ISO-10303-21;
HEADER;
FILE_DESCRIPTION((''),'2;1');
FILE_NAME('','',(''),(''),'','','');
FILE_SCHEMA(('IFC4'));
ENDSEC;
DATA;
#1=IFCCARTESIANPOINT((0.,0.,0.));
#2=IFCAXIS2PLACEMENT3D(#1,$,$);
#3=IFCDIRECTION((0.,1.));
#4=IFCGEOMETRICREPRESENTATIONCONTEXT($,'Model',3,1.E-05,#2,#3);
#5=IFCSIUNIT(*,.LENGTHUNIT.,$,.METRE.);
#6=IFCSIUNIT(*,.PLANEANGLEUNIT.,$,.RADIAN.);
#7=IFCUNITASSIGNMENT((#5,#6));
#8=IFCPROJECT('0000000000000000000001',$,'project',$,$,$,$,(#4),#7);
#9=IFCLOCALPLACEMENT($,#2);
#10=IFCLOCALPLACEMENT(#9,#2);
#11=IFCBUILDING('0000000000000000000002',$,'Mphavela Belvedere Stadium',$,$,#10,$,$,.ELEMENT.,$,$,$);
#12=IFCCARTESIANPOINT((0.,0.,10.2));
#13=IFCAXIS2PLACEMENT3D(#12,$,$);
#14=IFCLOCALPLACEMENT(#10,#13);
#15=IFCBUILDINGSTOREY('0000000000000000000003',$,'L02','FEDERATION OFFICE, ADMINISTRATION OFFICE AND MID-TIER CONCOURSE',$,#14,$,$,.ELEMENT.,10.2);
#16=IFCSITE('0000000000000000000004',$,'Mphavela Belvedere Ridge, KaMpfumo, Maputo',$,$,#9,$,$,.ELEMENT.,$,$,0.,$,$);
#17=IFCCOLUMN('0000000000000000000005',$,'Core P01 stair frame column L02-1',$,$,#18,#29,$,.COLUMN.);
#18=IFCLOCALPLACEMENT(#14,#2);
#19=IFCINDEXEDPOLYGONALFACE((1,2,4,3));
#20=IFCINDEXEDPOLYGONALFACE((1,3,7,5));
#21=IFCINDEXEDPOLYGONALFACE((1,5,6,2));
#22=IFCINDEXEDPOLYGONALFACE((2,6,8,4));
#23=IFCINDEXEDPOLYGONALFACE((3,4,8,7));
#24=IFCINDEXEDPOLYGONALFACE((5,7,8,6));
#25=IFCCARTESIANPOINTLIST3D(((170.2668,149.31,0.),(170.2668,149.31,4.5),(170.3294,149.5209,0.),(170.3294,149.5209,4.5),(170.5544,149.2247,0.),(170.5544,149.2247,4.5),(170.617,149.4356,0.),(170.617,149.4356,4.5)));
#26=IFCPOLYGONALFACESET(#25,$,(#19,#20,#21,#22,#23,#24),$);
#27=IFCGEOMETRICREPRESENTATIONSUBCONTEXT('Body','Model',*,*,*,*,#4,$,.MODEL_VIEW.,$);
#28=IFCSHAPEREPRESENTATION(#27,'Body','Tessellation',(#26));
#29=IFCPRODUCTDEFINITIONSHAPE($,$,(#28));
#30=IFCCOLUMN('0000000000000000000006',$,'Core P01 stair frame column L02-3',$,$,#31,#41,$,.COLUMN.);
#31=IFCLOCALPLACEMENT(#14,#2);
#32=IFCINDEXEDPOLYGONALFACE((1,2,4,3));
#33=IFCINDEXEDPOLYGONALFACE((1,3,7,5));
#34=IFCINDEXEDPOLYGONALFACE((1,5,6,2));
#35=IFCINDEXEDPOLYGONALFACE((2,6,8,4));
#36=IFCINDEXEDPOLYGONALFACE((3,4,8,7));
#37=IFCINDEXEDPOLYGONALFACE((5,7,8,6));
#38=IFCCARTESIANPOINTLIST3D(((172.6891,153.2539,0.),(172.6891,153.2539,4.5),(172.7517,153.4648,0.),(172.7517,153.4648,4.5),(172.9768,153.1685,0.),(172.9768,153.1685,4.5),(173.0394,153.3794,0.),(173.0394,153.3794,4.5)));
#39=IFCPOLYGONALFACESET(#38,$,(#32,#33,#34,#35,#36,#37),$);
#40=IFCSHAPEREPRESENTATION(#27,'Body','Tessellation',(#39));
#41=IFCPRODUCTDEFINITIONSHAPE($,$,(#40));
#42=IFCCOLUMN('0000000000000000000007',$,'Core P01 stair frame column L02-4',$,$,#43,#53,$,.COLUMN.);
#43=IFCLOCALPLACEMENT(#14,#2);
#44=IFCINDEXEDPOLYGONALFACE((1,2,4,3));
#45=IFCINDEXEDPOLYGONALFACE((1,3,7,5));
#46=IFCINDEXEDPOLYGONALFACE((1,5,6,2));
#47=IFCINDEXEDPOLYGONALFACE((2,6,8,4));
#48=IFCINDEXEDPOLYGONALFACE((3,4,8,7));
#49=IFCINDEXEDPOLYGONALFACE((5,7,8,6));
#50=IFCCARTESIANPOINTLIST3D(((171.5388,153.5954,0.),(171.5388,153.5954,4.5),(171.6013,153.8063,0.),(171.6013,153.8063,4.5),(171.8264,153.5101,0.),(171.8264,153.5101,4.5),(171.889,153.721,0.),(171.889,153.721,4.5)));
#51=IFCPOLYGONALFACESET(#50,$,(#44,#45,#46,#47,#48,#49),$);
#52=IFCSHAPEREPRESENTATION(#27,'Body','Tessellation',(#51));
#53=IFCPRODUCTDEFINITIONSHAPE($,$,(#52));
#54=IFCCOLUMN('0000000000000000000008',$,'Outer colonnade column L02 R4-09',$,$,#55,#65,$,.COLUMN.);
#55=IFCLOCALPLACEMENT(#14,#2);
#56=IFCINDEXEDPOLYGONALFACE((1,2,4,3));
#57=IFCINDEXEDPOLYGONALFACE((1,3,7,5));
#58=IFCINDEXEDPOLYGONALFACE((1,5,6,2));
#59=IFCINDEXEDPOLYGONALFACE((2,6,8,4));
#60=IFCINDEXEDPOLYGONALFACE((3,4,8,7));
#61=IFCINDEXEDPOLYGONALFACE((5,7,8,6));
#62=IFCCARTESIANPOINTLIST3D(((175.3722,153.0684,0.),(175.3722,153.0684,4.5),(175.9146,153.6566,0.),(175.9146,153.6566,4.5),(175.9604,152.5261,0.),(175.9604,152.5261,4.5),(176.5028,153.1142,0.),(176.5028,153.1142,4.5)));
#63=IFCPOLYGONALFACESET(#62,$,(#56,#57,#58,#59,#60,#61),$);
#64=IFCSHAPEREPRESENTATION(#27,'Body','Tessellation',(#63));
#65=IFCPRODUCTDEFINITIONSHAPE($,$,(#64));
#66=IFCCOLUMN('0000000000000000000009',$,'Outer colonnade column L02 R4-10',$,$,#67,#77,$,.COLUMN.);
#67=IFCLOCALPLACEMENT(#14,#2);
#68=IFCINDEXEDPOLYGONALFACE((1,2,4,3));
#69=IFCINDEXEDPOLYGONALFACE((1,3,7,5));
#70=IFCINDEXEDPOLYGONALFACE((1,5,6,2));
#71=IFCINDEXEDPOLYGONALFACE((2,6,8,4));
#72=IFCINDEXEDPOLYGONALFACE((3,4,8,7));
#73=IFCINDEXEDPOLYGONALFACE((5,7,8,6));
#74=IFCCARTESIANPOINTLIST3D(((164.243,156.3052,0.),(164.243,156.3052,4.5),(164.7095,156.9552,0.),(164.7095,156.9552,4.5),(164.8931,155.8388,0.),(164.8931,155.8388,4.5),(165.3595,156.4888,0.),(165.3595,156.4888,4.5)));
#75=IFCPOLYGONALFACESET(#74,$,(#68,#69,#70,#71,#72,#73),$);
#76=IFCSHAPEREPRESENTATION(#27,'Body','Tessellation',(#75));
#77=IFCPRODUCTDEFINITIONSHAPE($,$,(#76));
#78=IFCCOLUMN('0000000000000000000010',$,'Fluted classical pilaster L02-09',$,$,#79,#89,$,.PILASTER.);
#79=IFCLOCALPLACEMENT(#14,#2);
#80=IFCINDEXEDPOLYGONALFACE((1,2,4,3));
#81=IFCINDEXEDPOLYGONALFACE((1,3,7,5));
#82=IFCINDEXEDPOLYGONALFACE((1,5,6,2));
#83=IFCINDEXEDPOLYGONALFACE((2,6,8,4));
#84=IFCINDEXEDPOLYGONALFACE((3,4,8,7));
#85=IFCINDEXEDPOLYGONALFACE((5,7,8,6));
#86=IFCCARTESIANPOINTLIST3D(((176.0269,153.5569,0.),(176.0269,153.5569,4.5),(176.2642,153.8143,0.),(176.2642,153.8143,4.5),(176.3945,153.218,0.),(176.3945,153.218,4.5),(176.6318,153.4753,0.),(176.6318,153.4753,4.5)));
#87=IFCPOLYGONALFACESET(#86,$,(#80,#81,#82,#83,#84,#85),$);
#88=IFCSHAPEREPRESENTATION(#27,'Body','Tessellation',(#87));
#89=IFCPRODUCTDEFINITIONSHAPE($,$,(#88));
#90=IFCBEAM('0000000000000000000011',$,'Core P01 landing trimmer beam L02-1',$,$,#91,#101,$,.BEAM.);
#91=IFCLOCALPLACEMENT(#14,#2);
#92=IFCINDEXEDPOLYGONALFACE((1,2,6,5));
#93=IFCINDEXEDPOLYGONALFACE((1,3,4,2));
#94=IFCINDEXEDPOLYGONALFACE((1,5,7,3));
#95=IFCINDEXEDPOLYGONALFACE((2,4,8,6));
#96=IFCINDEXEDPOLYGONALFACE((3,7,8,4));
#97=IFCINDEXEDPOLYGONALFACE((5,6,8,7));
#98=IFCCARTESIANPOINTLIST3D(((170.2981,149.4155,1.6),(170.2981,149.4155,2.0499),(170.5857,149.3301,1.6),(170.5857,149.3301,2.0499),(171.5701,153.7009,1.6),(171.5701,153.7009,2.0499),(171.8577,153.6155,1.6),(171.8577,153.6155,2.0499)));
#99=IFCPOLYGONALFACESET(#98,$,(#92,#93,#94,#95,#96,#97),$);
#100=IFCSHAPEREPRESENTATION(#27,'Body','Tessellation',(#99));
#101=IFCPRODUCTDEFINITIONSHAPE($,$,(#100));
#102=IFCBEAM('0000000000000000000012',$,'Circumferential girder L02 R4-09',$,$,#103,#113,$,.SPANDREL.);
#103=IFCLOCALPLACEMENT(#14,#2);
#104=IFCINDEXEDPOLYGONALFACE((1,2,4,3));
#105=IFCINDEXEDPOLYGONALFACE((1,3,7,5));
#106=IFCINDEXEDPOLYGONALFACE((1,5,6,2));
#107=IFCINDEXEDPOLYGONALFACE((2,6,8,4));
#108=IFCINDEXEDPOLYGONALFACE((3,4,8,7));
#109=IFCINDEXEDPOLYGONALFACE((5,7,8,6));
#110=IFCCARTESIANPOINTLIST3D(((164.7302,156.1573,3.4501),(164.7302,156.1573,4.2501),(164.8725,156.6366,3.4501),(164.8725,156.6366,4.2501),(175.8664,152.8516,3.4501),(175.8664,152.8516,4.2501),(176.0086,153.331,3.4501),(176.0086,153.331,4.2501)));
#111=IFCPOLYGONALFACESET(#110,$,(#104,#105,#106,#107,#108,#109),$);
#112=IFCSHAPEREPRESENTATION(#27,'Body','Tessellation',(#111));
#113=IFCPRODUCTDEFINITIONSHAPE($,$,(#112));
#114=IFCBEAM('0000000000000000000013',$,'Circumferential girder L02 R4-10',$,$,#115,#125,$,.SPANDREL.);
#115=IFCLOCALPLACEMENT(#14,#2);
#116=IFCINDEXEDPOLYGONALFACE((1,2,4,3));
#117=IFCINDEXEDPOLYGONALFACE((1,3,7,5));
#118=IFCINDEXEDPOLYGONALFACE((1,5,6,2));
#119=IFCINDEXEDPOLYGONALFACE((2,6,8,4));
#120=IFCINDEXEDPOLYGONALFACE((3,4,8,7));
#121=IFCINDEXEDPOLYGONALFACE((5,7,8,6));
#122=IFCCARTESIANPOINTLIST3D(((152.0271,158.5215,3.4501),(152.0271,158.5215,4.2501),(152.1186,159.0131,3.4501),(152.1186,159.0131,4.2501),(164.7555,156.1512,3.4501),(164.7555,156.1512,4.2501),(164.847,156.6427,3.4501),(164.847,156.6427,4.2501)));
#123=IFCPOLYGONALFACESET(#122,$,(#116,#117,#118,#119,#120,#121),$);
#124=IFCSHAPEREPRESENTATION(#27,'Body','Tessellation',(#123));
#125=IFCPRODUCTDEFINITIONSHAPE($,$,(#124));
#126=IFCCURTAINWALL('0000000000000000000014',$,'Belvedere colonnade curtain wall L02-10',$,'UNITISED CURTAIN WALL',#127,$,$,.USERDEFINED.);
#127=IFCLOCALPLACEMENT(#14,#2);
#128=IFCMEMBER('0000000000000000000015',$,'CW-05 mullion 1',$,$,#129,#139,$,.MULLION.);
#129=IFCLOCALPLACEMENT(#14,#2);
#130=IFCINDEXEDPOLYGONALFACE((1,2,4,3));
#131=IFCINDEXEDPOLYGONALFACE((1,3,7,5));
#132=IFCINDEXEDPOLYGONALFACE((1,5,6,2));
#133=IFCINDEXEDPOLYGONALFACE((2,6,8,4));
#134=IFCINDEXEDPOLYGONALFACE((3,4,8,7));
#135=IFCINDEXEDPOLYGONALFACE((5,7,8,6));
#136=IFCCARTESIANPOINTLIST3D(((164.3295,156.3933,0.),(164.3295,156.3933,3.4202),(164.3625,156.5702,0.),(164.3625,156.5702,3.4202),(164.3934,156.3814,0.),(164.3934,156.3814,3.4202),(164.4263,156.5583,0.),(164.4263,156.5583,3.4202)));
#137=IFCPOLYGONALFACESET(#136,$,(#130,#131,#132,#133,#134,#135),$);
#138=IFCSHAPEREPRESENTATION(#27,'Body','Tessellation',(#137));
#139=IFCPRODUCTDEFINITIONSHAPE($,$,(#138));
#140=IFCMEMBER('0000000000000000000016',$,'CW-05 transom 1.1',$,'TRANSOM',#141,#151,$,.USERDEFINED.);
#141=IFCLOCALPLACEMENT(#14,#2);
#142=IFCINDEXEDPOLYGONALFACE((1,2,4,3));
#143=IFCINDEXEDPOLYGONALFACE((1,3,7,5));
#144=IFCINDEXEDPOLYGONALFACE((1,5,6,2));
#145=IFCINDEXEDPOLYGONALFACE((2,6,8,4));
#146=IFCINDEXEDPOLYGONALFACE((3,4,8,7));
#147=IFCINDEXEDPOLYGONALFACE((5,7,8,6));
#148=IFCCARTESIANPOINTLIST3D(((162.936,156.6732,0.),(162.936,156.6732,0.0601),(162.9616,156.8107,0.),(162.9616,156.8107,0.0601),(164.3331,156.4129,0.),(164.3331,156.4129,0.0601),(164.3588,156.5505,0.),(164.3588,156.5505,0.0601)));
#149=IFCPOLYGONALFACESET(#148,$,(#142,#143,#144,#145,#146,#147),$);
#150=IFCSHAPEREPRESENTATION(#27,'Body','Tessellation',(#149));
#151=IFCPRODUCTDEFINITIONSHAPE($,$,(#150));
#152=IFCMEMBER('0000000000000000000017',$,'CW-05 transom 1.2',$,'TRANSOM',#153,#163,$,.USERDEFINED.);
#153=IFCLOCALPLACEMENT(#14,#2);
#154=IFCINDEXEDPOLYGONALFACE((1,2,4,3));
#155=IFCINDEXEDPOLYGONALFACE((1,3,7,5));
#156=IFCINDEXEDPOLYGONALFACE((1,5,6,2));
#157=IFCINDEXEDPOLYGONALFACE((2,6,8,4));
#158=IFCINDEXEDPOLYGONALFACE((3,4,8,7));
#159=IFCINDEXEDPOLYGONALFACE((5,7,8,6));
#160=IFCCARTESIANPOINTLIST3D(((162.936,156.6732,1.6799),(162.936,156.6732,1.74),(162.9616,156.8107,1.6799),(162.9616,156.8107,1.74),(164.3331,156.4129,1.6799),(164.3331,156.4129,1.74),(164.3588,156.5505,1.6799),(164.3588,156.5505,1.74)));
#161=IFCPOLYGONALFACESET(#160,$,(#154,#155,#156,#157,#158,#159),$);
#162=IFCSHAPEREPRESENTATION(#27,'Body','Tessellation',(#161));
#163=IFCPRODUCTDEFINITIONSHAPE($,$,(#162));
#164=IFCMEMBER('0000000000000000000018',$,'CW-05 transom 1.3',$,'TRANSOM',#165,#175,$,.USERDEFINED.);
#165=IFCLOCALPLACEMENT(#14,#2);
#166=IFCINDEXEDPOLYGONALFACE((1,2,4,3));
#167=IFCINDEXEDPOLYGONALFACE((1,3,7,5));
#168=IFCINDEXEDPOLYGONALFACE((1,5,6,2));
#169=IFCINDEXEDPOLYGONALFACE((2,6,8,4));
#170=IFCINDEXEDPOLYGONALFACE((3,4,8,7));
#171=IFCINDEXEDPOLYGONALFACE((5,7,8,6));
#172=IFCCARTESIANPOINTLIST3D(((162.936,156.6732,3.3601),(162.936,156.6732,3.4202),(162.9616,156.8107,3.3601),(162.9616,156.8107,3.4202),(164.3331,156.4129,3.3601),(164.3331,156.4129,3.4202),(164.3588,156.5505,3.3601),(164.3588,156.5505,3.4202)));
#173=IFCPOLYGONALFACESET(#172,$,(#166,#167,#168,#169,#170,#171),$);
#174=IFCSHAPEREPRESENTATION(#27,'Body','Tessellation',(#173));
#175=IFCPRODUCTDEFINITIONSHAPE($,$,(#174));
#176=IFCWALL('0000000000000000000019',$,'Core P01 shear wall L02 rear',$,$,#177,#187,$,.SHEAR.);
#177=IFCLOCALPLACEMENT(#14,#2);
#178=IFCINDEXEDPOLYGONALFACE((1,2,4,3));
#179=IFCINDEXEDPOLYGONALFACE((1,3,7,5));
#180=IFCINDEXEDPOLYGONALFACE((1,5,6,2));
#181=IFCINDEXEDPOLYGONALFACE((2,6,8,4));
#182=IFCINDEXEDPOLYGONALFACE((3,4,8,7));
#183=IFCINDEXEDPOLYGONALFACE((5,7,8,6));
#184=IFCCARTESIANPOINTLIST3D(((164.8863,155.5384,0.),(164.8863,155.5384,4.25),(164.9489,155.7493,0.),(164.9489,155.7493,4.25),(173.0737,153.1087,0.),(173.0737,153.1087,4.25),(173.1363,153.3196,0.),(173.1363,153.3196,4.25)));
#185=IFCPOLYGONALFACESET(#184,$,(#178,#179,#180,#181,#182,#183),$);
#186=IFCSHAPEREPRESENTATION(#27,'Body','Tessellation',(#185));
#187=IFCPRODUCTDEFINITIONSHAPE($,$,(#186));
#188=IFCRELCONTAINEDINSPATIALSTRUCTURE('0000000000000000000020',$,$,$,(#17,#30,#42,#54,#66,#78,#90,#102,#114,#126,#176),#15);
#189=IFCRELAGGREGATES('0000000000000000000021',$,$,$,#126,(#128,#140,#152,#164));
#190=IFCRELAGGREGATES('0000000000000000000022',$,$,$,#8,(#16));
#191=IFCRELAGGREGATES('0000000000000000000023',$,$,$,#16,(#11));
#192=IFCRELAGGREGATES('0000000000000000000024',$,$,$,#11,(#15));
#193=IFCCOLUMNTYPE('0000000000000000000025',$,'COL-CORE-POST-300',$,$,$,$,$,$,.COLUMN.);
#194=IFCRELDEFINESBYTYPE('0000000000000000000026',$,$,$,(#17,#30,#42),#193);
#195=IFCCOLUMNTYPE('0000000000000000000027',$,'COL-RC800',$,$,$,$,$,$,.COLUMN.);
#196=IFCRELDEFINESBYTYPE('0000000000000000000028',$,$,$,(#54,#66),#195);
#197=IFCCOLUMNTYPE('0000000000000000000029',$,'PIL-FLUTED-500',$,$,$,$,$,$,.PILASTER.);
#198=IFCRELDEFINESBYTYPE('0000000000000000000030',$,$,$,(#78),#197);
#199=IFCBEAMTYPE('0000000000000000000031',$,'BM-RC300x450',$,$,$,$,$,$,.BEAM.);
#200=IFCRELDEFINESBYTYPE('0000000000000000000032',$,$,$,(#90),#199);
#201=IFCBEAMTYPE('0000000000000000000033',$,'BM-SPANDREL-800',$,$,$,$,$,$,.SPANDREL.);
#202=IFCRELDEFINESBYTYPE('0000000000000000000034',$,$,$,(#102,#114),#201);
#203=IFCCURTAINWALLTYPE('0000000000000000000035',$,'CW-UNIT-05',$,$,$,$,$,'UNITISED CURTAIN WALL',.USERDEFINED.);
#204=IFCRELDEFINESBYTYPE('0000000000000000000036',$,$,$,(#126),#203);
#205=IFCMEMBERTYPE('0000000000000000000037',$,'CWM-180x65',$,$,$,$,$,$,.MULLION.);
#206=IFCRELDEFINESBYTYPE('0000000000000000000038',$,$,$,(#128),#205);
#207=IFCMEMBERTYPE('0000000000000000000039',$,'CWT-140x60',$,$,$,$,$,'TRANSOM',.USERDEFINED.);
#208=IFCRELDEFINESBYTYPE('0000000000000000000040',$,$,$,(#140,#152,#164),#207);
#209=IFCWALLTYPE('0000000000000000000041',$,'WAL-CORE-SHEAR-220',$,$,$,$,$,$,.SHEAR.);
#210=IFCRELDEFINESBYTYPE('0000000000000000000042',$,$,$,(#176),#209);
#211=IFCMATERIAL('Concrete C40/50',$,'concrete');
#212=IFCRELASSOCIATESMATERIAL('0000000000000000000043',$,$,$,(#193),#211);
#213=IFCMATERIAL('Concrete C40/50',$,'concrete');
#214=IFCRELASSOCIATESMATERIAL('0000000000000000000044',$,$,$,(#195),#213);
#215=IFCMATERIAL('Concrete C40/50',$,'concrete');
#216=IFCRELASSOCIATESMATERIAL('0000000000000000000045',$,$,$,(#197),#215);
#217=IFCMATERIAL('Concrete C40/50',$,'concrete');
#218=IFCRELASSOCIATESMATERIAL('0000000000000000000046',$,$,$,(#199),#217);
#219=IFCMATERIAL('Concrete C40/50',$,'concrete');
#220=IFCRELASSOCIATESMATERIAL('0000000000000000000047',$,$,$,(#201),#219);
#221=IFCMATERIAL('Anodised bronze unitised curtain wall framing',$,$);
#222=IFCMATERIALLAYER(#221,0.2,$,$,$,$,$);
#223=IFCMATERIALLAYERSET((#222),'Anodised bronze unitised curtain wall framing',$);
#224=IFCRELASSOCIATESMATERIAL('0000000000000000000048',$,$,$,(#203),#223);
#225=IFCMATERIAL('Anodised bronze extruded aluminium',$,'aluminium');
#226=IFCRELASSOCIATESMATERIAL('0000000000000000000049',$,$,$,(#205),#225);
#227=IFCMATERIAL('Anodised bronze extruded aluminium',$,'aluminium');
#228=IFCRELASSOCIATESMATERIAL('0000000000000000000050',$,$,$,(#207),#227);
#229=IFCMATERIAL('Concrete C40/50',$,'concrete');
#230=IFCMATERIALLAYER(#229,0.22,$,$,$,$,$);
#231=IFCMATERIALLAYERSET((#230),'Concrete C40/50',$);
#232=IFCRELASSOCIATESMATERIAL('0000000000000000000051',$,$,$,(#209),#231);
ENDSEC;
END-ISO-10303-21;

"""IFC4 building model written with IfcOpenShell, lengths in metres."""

from ifc_helpers import new_model, si_unit, direction, frame, frame_2d, origin, origin_2d, place, context, subcontext, project, spatial, rectangle, extrude, material, layer, layer_set, material_profile, profile_set, type_object, element, aggregate, save


model = new_model("IFC4")

# Units and contexts
model_context = context("Model", 3, precision=1e-05, world=origin(), true_north=direction((0.0, 1.0)))
body_context = subcontext(model_context, "Body", "Model", "MODEL_VIEW")
ifc_project = project(units=[si_unit("LENGTHUNIT", "METRE"), si_unit("PLANEANGLEUNIT", "RADIAN")], contexts=[model_context])

# Site, building, storey
site_placement = place(None, origin())
site = spatial("IfcSite", under=ifc_project, at=site_placement, Name="Mphavela Belvedere Ridge, KaMpfumo, Maputo", CompositionType="ELEMENT", RefElevation=0.0)
building_placement = place(site_placement, origin())
building = spatial("IfcBuilding", under=site, at=building_placement, Name="Mphavela Belvedere Stadium", CompositionType="ELEMENT")
storey_placement = place(building_placement, frame((0.0, 0.0, 10.2)))
storey = spatial("IfcBuildingStorey", under=building, at=storey_placement, Name="L02", Description="FEDERATION OFFICE, ADMINISTRATION OFFICE AND MID-TIER CONCOURSE", CompositionType="ELEMENT", Elevation=10.2)

# Columns
ifc_material_1 = material(Name="Concrete C40/50", Category="concrete")
ifc_material_profile_1 = material_profile(ifc_material_1, rectangle(XDim=0.3, YDim=0.22, at=origin_2d()), Name="RC 300x220")
ifc_profile_set_1 = profile_set([ifc_material_profile_1], Name="Concrete C40/50")
column_type_1 = type_object("IfcColumnType", Name="COL-CORE-POST-300", PredefinedType="COLUMN", material=ifc_profile_set_1)
for number, where, z_axis, x_axis, name in (
    (1, (170.4419, 149.3728, 0.0), (0.0, 0.0, 1.0), (0.958671, -0.284517, 0.0), "Core P01 stair frame column L02-1"),
    (2, (172.8643, 153.3167, 0.0), (0.0, 0.0, 1.0), (0.958671, -0.284517, 0.0), "Core P01 stair frame column L02-3"),
    (3, (171.7139, 153.6582, 0.0), (0.0, 0.0, 1.0), (0.958671, -0.284517, 0.0), "Core P01 stair frame column L02-4"),
):
    element("IfcColumn", number, at=place(storey_placement, frame(where, z_axis=z_axis, x_axis=x_axis)), inside=storey, type_object=column_type_1, Name=name, PredefinedType="COLUMN", context=body_context, shape_type="SweptSolid", body=[
        extrude(rectangle(XDim=0.3, YDim=0.22, at=origin_2d()), origin(), (0.0, 0.0, 1.0), 4.5),
    ])
ifc_material_2 = material(Name="Concrete C40/50", Category="concrete")
ifc_material_profile_2 = material_profile(ifc_material_2, rectangle(XDim=0.8, YDim=0.8, at=origin_2d()), Name="RC 800x800")
ifc_profile_set_2 = profile_set([ifc_material_profile_2], Name="Concrete C40/50")
column_type_2 = type_object("IfcColumnType", Name="COL-RC800", PredefinedType="COLUMN", material=ifc_profile_set_2)
for number, where, z_axis, x_axis, name in (
    (4, (175.9375, 153.0913, 0.0), (0.0, 0.0, 1.0), (0.677903, 0.735151, 0.0), "Outer colonnade column L02 R4-09"),
    (5, (164.8013, 156.397, 0.0), (0.0, 0.0, 1.0), (0.582974, 0.812491, 0.0), "Outer colonnade column L02 R4-10"),
):
    element("IfcColumn", number, at=place(storey_placement, frame(where, z_axis=z_axis, x_axis=x_axis)), inside=storey, type_object=column_type_2, Name=name, PredefinedType="COLUMN", context=body_context, shape_type="SweptSolid", body=[
        extrude(rectangle(XDim=0.8, YDim=0.8, at=origin_2d()), origin(), (0.0, 0.0, 1.0), 4.5),
    ])
ifc_material_3 = material(Name="Concrete C40/50", Category="concrete")
ifc_material_profile_3 = material_profile(ifc_material_3, rectangle(XDim=0.5, YDim=0.3501, at=origin_2d()), Name="PIL 500x350")
ifc_profile_set_3 = profile_set([ifc_material_profile_3], Name="Concrete C40/50")
column_type_3 = type_object("IfcColumnType", Name="PIL-FLUTED-500", PredefinedType="PILASTER", material=ifc_profile_set_3)
column_placement = place(storey_placement, frame((176.3293, 153.5161, 0.0), z_axis=(0.0, 0.0, 1.0), x_axis=(-0.735151, 0.677903, 0.0)))
element("IfcColumn", 6, at=column_placement, inside=storey, type_object=column_type_3, Name="Fluted classical pilaster L02-09", PredefinedType="PILASTER", context=body_context, shape_type="SweptSolid", body=[
    extrude(rectangle(XDim=0.5, YDim=0.3501, at=origin_2d()), origin(), (0.0, 0.0, 1.0), 4.5),
])

# Beams
ifc_material_4 = material(Name="Concrete C40/50", Category="concrete")
ifc_material_profile_4 = material_profile(ifc_material_4, rectangle(XDim=0.3, YDim=0.45, at=origin_2d()), Name="RC 300x450")
ifc_profile_set_4 = profile_set([ifc_material_profile_4], Name="Concrete C40/50")
beam_type_1 = type_object("IfcBeamType", Name="BM-RC300x450", PredefinedType="BEAM", material=ifc_profile_set_4)
beam_1_placement = place(storey_placement, frame((170.4419, 149.3728, 1.825), z_axis=(0.284546, 0.958662, 0.0), x_axis=(-0.958662, 0.284546, 0.0)))
element("IfcBeam", 7, at=beam_1_placement, inside=storey, type_object=beam_type_1, Name="Core P01 landing trimmer beam L02-1", PredefinedType="BEAM", context=body_context, shape_type="SweptSolid", body=[
    extrude(rectangle(XDim=0.3, YDim=0.45, at=origin_2d()), origin(), (0.0, 0.0, 1.0), 4.4702),
])
ifc_material_5 = material(Name="Concrete C40/50", Category="concrete")
ifc_material_profile_5 = material_profile(ifc_material_5, rectangle(XDim=0.5, YDim=0.8, at=origin_2d()), Name="RC 500x800")
ifc_profile_set_5 = profile_set([ifc_material_profile_5], Name="Concrete C40/50")
beam_type_2 = type_object("IfcBeamType", Name="BM-SPANDREL-800", PredefinedType="SPANDREL", material=ifc_profile_set_5)
beam_2_placement = place(storey_placement, frame((175.9375, 153.0913, 3.8501), z_axis=(-0.958656, 0.284566, 0.0), x_axis=(-0.284566, -0.958656, 0.0)))
element("IfcBeam", 8, at=beam_2_placement, inside=storey, type_object=beam_type_2, Name="Circumferential girder L02 R4-09", PredefinedType="SPANDREL", context=body_context, shape_type="SweptSolid", body=[
    extrude(rectangle(XDim=0.5, YDim=0.8, at=origin_2d()), origin(), (0.0, 0.0, 1.0), 11.6165),
])
beam_3_placement = place(storey_placement, frame((164.8013, 156.397, 3.8501), z_axis=(-0.983099, 0.183077, 0.0), x_axis=(-0.183077, -0.983099, 0.0)))
element("IfcBeam", 9, at=beam_3_placement, inside=storey, type_object=beam_type_2, Name="Circumferential girder L02 R4-10", PredefinedType="SPANDREL", context=body_context, shape_type="SweptSolid", body=[
    extrude(rectangle(XDim=0.5, YDim=0.8, at=origin_2d()), origin(), (0.0, 0.0, 1.0), 12.9473),
])

# Curtain wall, members
ifc_material_6 = material(Name="Anodised bronze unitised curtain wall framing")
ifc_layer_1 = layer(ifc_material_6, 0.2)
ifc_layer_set_1 = layer_set([ifc_layer_1], Name="Anodised bronze unitised curtain wall framing")
curtain_wall_type = type_object("IfcCurtainWallType", Name="CW-UNIT-05", ElementType="UNITISED CURTAIN WALL", PredefinedType="USERDEFINED", material=ifc_layer_set_1)
curtain_wall_placement = place(storey_placement, origin())
curtain_wall = element("IfcCurtainWall", 10, at=curtain_wall_placement, inside=storey, type_object=curtain_wall_type, Name="Belvedere colonnade curtain wall L02-10", ObjectType="UNITISED CURTAIN WALL", PredefinedType="USERDEFINED")
ifc_material_7 = material(Name="Anodised bronze extruded aluminium", Category="aluminium")
ifc_material_profile_6 = material_profile(ifc_material_7, rectangle(XDim=0.1799, YDim=0.0649, at=origin_2d()), Name="CW-MUL 180x65")
ifc_profile_set_6 = profile_set([ifc_material_profile_6], Name="Anodised bronze extruded aluminium")
member_type_1 = type_object("IfcMemberType", Name="CWM-180x65", PredefinedType="MULLION", material=ifc_profile_set_6)
member_1_placement = place(storey_placement, frame((164.3779, 156.4758, 0.0), z_axis=(0.0, 0.0, 1.0), x_axis=(-0.183085, -0.983097, 0.0)))
member_1 = element("IfcMember", 11, at=member_1_placement, type_object=member_type_1, Name="CW-05 mullion 1", PredefinedType="MULLION", context=body_context, shape_type="SweptSolid", body=[
    extrude(rectangle(XDim=0.1799, YDim=0.0649, at=origin_2d()), origin(), (0.0, 0.0, 1.0), 3.4202),
])
ifc_material_8 = material(Name="Anodised bronze extruded aluminium", Category="aluminium")
ifc_material_profile_7 = material_profile(ifc_material_8, rectangle(XDim=0.1399, YDim=0.0601, at=origin_2d()), Name="CW-TRN 140x60")
ifc_profile_set_7 = profile_set([ifc_material_profile_7], Name="Anodised bronze extruded aluminium")
member_type_2 = type_object("IfcMemberType", Name="CWT-140x60", ElementType="TRANSOM", PredefinedType="USERDEFINED", material=ifc_profile_set_7)
member_2_placement = place(storey_placement, frame((164.3459, 156.4817, 0.03), z_axis=(-0.983091, 0.183116, 0.0), x_axis=(-0.183116, -0.983091, 0.0)))
member_2 = element("IfcMember", 12, at=member_2_placement, type_object=member_type_2, Name="CW-05 transom 1.1", ObjectType="TRANSOM", PredefinedType="USERDEFINED", context=body_context, shape_type="SweptSolid", body=[
    extrude(rectangle(XDim=0.1399, YDim=0.0601, at=origin_2d()), origin(), (0.0, 0.0, 1.0), 1.4211),
])
member_3_placement = place(storey_placement, frame((164.3459, 156.4817, 1.71), z_axis=(-0.983091, 0.183116, 0.0), x_axis=(-0.183116, -0.983091, 0.0)))
member_3 = element("IfcMember", 13, at=member_3_placement, type_object=member_type_2, Name="CW-05 transom 1.2", ObjectType="TRANSOM", PredefinedType="USERDEFINED", context=body_context, shape_type="SweptSolid", body=[
    extrude(rectangle(XDim=0.1399, YDim=0.0601, at=origin_2d()), origin(), (0.0, 0.0, 1.0), 1.4211),
])
member_4_placement = place(storey_placement, frame((164.3459, 156.4817, 3.3901), z_axis=(-0.983091, 0.183116, 0.0), x_axis=(-0.183116, -0.983091, 0.0)))
member_4 = element("IfcMember", 14, at=member_4_placement, type_object=member_type_2, Name="CW-05 transom 1.3", ObjectType="TRANSOM", PredefinedType="USERDEFINED", context=body_context, shape_type="SweptSolid", body=[
    extrude(rectangle(XDim=0.1399, YDim=0.0601, at=origin_2d()), origin(), (0.0, 0.0, 1.0), 1.4211),
])
aggregate(curtain_wall, [member_1, member_2, member_3, member_4])

# Wall
ifc_material_9 = material(Name="Concrete C40/50", Category="concrete")
ifc_layer_2 = layer(ifc_material_9, 0.22)
ifc_layer_set_2 = layer_set([ifc_layer_2], Name="Concrete C40/50")
wall_type_1 = type_object("IfcWallType", Name="WAL-CORE-SHEAR-220", PredefinedType="SHEAR", material=ifc_layer_set_2)
wall_1_placement = place(storey_placement, frame((164.9177, 155.6438, 0.0), z_axis=(0.0, 0.0, 1.0), x_axis=(0.958676, -0.284501, 0.0)))
element("IfcWall", 15, at=wall_1_placement, inside=storey, type_object=wall_type_1, Name="Core P01 shear wall L02 rear", PredefinedType="SHEAR", context=body_context, shape_type="SweptSolid", body=[
    extrude(rectangle(XDim=8.5403, YDim=0.22, at=frame_2d((4.27, 0.0))), origin(), (0.0, 0.0, 1.0), 4.25),
])

save(model, "model.ifc")
